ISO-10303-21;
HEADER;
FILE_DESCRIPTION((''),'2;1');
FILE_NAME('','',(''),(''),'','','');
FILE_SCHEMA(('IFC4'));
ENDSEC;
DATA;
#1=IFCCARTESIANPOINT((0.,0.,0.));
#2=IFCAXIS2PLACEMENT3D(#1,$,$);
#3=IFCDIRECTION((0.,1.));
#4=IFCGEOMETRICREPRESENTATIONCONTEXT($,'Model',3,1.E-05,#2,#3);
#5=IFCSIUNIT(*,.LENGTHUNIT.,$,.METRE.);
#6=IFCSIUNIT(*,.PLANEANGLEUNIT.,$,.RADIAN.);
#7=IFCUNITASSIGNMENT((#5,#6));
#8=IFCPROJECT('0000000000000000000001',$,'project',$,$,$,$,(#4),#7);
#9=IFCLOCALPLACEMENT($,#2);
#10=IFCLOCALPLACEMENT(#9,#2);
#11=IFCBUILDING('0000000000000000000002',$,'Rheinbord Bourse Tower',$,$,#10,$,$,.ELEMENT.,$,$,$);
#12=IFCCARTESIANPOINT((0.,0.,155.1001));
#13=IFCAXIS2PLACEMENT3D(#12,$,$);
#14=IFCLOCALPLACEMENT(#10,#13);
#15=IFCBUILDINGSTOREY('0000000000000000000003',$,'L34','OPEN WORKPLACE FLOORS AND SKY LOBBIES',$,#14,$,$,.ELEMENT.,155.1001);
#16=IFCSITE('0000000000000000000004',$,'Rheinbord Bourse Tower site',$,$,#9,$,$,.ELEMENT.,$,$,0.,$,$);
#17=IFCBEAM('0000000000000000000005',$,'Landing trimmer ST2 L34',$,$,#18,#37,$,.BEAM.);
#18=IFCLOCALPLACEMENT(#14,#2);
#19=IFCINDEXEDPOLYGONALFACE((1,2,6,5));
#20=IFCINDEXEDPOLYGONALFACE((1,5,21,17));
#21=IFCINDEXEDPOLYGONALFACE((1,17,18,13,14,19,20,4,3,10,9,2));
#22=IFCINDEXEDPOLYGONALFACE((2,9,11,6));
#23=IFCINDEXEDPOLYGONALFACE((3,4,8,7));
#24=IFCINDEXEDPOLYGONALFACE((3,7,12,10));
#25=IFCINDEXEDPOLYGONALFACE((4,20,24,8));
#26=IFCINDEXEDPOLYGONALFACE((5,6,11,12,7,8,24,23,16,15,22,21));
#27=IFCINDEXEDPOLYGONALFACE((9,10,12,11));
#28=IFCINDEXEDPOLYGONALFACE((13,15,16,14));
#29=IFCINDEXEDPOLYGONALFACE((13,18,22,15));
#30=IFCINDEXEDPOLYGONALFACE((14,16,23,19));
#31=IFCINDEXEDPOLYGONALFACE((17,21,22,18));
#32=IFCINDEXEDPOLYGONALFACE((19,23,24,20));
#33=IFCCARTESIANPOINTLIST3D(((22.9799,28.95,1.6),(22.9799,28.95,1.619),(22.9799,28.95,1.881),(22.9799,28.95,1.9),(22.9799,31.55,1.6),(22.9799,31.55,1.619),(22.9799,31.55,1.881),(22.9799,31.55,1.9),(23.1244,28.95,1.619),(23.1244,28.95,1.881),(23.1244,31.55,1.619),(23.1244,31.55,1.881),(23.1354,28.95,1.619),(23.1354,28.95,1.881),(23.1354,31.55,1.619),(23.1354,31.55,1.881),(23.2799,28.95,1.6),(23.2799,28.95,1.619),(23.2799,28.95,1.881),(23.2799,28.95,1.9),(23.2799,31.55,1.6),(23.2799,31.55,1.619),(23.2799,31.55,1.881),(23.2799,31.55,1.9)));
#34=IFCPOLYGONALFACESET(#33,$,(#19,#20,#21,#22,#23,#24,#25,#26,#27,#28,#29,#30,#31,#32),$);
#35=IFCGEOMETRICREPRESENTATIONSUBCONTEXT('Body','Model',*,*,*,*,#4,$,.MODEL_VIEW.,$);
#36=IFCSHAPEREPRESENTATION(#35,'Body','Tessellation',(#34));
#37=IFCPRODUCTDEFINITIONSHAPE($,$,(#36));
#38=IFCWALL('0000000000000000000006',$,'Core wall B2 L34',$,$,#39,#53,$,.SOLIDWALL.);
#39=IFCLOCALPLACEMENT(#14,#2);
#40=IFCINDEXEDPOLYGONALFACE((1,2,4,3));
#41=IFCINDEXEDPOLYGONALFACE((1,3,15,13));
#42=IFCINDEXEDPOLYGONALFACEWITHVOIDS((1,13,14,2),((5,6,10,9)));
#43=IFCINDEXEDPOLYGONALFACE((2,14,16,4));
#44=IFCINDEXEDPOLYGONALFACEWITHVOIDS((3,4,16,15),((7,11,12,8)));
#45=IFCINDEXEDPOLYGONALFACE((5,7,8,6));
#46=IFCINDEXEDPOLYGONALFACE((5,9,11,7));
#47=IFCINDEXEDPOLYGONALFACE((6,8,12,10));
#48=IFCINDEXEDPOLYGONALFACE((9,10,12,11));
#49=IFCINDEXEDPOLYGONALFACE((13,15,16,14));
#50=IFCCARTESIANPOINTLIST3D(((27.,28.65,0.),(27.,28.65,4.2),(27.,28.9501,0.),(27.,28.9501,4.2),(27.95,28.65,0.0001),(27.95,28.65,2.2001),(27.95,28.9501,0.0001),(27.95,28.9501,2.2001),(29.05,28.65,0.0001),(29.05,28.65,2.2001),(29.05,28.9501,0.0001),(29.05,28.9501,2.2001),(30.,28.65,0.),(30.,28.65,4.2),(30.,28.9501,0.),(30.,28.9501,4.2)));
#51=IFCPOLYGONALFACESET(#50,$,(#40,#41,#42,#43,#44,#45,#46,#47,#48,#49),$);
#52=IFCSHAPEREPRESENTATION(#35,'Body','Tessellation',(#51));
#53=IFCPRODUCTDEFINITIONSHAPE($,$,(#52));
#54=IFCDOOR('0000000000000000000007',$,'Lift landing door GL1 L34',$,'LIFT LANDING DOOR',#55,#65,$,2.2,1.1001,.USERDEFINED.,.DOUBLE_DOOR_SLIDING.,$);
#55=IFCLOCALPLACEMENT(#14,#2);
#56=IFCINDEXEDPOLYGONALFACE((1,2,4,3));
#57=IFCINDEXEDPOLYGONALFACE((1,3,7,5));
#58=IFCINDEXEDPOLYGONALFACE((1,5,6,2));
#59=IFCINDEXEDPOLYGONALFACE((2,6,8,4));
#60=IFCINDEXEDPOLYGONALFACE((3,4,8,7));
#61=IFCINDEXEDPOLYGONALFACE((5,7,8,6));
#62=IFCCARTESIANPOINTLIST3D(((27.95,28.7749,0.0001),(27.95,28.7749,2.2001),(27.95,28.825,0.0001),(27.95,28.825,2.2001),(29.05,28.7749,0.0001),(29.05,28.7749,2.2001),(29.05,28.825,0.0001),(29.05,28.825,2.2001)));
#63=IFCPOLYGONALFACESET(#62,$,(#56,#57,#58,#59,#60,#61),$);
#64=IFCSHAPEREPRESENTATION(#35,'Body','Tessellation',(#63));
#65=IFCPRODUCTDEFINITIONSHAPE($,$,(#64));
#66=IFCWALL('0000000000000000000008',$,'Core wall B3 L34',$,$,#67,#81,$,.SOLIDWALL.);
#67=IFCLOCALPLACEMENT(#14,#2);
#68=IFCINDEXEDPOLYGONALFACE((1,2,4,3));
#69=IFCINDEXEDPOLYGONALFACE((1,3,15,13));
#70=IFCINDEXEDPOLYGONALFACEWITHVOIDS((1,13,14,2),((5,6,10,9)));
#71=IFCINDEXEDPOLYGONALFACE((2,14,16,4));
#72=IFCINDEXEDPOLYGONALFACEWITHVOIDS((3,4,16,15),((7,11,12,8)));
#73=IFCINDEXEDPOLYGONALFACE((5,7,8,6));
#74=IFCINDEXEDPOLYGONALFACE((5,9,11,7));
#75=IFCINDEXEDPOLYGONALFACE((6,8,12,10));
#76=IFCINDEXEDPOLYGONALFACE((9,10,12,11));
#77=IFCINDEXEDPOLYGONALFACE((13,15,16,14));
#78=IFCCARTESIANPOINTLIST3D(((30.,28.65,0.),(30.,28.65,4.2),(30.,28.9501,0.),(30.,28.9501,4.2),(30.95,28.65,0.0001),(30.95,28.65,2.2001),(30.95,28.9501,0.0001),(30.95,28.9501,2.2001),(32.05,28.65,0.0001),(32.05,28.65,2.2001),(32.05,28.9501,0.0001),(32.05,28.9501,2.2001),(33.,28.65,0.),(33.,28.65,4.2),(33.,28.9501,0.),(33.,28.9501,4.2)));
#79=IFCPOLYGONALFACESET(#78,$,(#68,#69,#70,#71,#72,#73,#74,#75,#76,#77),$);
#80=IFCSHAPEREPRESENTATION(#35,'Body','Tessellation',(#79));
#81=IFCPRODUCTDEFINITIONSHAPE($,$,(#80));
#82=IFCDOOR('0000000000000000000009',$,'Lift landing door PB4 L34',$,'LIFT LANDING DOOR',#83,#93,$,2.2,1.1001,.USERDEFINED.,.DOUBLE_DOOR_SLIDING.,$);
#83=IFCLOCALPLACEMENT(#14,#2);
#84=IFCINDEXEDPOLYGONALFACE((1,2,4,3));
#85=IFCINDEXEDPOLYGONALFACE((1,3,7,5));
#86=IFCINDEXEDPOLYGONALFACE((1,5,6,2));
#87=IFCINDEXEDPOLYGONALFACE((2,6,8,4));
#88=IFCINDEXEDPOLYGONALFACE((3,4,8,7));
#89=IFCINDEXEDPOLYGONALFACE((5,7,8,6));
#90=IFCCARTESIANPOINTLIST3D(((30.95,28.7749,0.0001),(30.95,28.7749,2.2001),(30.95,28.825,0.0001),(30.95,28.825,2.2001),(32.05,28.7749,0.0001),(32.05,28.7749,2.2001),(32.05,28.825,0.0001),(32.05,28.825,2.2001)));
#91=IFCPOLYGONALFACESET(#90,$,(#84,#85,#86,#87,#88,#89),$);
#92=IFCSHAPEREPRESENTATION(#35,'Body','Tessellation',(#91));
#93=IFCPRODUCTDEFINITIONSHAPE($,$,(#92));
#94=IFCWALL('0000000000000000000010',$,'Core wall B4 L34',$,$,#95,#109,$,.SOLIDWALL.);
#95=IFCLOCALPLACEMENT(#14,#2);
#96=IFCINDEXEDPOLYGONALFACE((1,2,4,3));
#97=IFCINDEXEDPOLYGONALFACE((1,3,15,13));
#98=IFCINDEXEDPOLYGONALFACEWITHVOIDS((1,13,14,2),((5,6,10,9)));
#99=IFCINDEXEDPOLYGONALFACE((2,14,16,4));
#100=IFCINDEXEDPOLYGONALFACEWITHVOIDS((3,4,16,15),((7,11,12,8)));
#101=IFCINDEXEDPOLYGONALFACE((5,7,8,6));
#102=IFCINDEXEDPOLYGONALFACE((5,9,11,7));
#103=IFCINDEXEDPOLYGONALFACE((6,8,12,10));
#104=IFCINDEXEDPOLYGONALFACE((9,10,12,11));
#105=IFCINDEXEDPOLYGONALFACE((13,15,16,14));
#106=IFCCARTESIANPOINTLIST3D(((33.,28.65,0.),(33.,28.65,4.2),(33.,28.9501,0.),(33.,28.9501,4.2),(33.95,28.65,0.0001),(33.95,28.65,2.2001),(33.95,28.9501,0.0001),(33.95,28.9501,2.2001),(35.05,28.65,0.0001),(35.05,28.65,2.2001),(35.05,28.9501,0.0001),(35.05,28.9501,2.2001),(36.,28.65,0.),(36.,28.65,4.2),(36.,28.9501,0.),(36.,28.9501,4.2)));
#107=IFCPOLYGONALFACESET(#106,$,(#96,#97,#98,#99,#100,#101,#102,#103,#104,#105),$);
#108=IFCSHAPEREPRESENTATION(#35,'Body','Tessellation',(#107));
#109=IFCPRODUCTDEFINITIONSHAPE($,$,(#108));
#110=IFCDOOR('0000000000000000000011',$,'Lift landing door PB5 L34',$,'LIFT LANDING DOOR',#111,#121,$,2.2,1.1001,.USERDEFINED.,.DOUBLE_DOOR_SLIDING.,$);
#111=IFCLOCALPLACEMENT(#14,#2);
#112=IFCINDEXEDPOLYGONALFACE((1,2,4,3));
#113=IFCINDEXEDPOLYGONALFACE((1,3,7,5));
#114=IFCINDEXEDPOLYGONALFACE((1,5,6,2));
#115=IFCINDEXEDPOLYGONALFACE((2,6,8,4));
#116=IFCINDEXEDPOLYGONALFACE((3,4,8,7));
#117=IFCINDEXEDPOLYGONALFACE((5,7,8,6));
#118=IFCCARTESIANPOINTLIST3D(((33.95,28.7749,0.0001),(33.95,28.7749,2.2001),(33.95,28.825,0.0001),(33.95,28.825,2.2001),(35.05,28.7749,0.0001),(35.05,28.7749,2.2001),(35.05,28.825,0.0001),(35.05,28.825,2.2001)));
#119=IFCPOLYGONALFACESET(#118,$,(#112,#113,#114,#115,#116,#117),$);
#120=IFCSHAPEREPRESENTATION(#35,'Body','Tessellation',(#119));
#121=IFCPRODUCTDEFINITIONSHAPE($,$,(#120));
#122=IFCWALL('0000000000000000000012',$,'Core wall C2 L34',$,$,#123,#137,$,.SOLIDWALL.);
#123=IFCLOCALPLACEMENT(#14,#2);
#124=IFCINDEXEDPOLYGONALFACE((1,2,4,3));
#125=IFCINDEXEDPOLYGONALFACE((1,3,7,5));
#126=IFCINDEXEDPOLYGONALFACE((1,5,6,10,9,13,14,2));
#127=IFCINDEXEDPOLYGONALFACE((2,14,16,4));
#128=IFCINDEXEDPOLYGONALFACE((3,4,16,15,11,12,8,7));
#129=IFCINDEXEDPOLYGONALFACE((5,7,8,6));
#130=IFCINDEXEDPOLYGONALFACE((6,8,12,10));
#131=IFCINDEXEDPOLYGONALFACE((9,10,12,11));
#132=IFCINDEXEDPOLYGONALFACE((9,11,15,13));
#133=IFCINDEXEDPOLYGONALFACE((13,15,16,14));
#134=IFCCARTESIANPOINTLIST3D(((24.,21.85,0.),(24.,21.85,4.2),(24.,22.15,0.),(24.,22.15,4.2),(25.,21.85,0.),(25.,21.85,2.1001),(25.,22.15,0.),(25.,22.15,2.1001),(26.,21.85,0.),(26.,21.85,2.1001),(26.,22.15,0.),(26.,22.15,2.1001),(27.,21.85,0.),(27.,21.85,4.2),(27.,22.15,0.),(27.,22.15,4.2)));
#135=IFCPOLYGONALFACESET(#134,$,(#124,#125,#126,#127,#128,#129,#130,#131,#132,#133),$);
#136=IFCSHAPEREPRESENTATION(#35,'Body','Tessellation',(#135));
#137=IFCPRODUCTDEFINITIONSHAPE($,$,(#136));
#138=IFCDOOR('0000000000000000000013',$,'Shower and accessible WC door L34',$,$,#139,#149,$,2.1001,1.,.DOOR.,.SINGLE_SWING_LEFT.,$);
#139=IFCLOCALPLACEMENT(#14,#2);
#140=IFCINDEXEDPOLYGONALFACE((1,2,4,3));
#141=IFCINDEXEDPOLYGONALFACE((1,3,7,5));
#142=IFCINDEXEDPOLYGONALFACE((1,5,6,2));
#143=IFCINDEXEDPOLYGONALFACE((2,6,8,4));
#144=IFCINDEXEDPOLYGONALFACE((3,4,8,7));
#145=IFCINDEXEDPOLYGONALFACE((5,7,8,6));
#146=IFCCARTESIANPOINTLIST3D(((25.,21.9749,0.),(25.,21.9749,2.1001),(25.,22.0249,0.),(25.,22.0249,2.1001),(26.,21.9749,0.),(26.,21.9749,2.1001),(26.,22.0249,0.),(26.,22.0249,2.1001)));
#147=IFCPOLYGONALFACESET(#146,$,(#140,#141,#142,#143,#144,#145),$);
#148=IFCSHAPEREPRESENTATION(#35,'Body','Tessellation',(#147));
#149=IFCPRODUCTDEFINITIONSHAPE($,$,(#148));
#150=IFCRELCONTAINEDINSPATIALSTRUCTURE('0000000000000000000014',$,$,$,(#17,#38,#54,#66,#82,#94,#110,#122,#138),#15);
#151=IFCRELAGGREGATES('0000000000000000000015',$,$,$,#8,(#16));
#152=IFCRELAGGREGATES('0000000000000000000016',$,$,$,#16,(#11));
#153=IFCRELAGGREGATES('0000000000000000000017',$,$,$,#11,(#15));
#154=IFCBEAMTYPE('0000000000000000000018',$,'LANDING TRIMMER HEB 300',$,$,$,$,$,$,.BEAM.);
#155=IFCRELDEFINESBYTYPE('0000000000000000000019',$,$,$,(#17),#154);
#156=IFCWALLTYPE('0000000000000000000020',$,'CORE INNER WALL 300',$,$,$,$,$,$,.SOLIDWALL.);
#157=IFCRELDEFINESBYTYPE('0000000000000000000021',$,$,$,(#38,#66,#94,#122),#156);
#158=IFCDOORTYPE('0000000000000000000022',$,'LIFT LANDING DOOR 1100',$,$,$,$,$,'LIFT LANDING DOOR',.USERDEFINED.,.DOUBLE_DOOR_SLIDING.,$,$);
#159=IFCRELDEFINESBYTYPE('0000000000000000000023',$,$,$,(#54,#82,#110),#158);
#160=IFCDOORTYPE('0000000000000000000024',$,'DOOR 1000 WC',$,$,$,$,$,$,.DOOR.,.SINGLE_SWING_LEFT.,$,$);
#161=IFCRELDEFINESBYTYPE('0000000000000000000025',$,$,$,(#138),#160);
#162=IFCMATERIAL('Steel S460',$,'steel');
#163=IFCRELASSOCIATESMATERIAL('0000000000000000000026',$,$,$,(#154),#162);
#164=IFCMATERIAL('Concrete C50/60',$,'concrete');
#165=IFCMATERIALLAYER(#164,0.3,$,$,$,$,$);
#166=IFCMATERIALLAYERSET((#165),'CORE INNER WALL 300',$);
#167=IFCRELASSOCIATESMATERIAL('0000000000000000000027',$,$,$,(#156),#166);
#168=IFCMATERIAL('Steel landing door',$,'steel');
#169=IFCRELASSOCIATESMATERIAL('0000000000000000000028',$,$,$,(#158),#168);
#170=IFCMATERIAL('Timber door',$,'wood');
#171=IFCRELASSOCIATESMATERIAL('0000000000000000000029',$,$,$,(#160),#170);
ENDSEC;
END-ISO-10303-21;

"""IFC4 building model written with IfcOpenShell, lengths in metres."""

from ifc_helpers import new_model, si_unit, direction, frame, frame_2d, origin, origin_2d, place, context, subcontext, project, spatial, rectangle, i_section, extrude, material, layer, layer_set, material_profile, profile_set, type_object, element, fill, save


model = new_model("IFC4")

# Units and contexts
model_context = context("Model", 3, precision=1e-05, world=origin(), true_north=direction((0.0, 1.0)))
body_context = subcontext(model_context, "Body", "Model", "MODEL_VIEW")
ifc_project = project(units=[si_unit("LENGTHUNIT", "METRE"), si_unit("PLANEANGLEUNIT", "RADIAN")], contexts=[model_context])

# Site, building, storey
site_placement = place(None, origin())
site = spatial("IfcSite", under=ifc_project, at=site_placement, Name="Rheinbord Bourse Tower site", CompositionType="ELEMENT", RefElevation=0.0)
building_placement = place(site_placement, origin())
building = spatial("IfcBuilding", under=site, at=building_placement, Name="Rheinbord Bourse Tower", CompositionType="ELEMENT")
storey_placement = place(building_placement, frame((0.0, 0.0, 155.1001)))
storey = spatial("IfcBuildingStorey", under=building, at=storey_placement, Name="L34", Description="OPEN WORKPLACE FLOORS AND SKY LOBBIES", CompositionType="ELEMENT", Elevation=155.1001)

# Beam
ifc_material_1 = material(Name="Steel S460", Category="steel")
ifc_material_profile = material_profile(ifc_material_1, i_section(OverallWidth=0.3, OverallDepth=0.3, WebThickness=0.011, FlangeThickness=0.019, at=origin_2d()), Name="HEB 300")
ifc_profile_set = profile_set([ifc_material_profile], Name="Steel S460")
beam_type = type_object("IfcBeamType", Name="LANDING TRIMMER HEB 300", PredefinedType="BEAM", material=ifc_profile_set)
beam_placement = place(storey_placement, frame((23.1299, 28.95, 1.75), z_axis=(0.0, 1.0, 0.0), x_axis=(-1.0, 0.0, 0.0)))
element("IfcBeam", 1, at=beam_placement, inside=storey, type_object=beam_type, Name="Landing trimmer ST2 L34", PredefinedType="BEAM", context=body_context, shape_type="SweptSolid", body=[
    extrude(i_section(OverallWidth=0.3, OverallDepth=0.3, WebThickness=0.011, FlangeThickness=0.019, at=origin_2d()), origin(), (0.0, 0.0, 1.0), 2.6001),
])

# Walls, openings, doors
ifc_material_2 = material(Name="Concrete C50/60", Category="concrete")
ifc_layer_1 = layer(ifc_material_2, 0.3)
ifc_layer_set_1 = layer_set([ifc_layer_1], Name="CORE INNER WALL 300")
wall_type_1 = type_object("IfcWallType", Name="CORE INNER WALL 300", PredefinedType="SOLIDWALL", material=ifc_layer_set_1)
wall_1_placement = place(storey_placement, frame((27.0, 28.8, 0.0), z_axis=(0.0, 0.0, 1.0), x_axis=(1.0, 0.0, 0.0)))
wall_1 = element("IfcWall", 2, at=wall_1_placement, inside=storey, type_object=wall_type_1, Name="Core wall B2 L34", PredefinedType="SOLIDWALL", context=body_context, shape_type="SweptSolid", body=[
    extrude(rectangle(XDim=3.0, YDim=0.3, at=frame_2d((1.5, 0.0))), origin(), (0.0, 0.0, 1.0), 4.2),
])
opening_1_placement = place(wall_1_placement, frame((0.95, 0.0, 0.0)))
opening_1 = element("IfcOpeningElement", 3, at=opening_1_placement, cuts=wall_1, PredefinedType="OPENING", context=body_context, shape_type="SweptSolid", body=[
    extrude(rectangle(XDim=1.1001, YDim=2.2, at=frame_2d((0.55, 1.1001))), frame((0.0, 0.1599, 0.0), z_axis=(0.0, -1.0, 0.0), x_axis=(1.0, 0.0, 0.0)), (0.0, 0.0, 1.0), 0.3201),
])
ifc_material_3 = material(Name="Steel landing door", Category="steel")
door_type_1 = type_object("IfcDoorType", Name="LIFT LANDING DOOR 1100", ElementType="LIFT LANDING DOOR", OperationType="DOUBLE_DOOR_SLIDING", PredefinedType="USERDEFINED", material=ifc_material_3)
door_1_placement = place(opening_1_placement, origin())
door_1 = element("IfcDoor", 4, at=door_1_placement, inside=storey, type_object=door_type_1, Name="Lift landing door GL1 L34", ObjectType="LIFT LANDING DOOR", OperationType="DOUBLE_DOOR_SLIDING", OverallHeight=2.2, OverallWidth=1.1001, PredefinedType="USERDEFINED", context=body_context, shape_type="SweptSolid", body=[
    extrude(rectangle(XDim=1.1001, YDim=2.2, at=frame_2d((0.55, 1.1001))), frame((0.0, 0.0249, 0.0), z_axis=(0.0, -1.0, 0.0), x_axis=(1.0, 0.0, 0.0)), (0.0, 0.0, 1.0), 0.05),
])
fill(opening_1, door_1)
wall_2_placement = place(storey_placement, frame((30.0, 28.8, 0.0), z_axis=(0.0, 0.0, 1.0), x_axis=(1.0, 0.0, 0.0)))
wall_2 = element("IfcWall", 5, at=wall_2_placement, inside=storey, type_object=wall_type_1, Name="Core wall B3 L34", PredefinedType="SOLIDWALL", context=body_context, shape_type="SweptSolid", body=[
    extrude(rectangle(XDim=3.0, YDim=0.3, at=frame_2d((1.5, 0.0))), origin(), (0.0, 0.0, 1.0), 4.2),
])
opening_2_placement = place(wall_2_placement, frame((0.95, 0.0, 0.0)))
opening_2 = element("IfcOpeningElement", 6, at=opening_2_placement, cuts=wall_2, PredefinedType="OPENING", context=body_context, shape_type="SweptSolid", body=[
    extrude(rectangle(XDim=1.1001, YDim=2.2, at=frame_2d((0.55, 1.1001))), frame((0.0, 0.1599, 0.0), z_axis=(0.0, -1.0, 0.0), x_axis=(1.0, 0.0, 0.0)), (0.0, 0.0, 1.0), 0.3201),
])
door_2_placement = place(opening_2_placement, origin())
door_2 = element("IfcDoor", 7, at=door_2_placement, inside=storey, type_object=door_type_1, Name="Lift landing door PB4 L34", ObjectType="LIFT LANDING DOOR", OperationType="DOUBLE_DOOR_SLIDING", OverallHeight=2.2, OverallWidth=1.1001, PredefinedType="USERDEFINED", context=body_context, shape_type="SweptSolid", body=[
    extrude(rectangle(XDim=1.1001, YDim=2.2, at=frame_2d((0.55, 1.1001))), frame((0.0, 0.0249, 0.0), z_axis=(0.0, -1.0, 0.0), x_axis=(1.0, 0.0, 0.0)), (0.0, 0.0, 1.0), 0.05),
])
fill(opening_2, door_2)
wall_3_placement = place(storey_placement, frame((33.0, 28.8, 0.0), z_axis=(0.0, 0.0, 1.0), x_axis=(1.0, 0.0, 0.0)))
wall_3 = element("IfcWall", 8, at=wall_3_placement, inside=storey, type_object=wall_type_1, Name="Core wall B4 L34", PredefinedType="SOLIDWALL", context=body_context, shape_type="SweptSolid", body=[
    extrude(rectangle(XDim=3.0, YDim=0.3, at=frame_2d((1.5, 0.0))), origin(), (0.0, 0.0, 1.0), 4.2),
])
opening_3_placement = place(wall_3_placement, frame((0.95, 0.0, 0.0)))
opening_3 = element("IfcOpeningElement", 9, at=opening_3_placement, cuts=wall_3, PredefinedType="OPENING", context=body_context, shape_type="SweptSolid", body=[
    extrude(rectangle(XDim=1.1001, YDim=2.2, at=frame_2d((0.55, 1.1001))), frame((0.0, 0.1599, 0.0), z_axis=(0.0, -1.0, 0.0), x_axis=(1.0, 0.0, 0.0)), (0.0, 0.0, 1.0), 0.3201),
])
door_3_placement = place(opening_3_placement, origin())
door_3 = element("IfcDoor", 10, at=door_3_placement, inside=storey, type_object=door_type_1, Name="Lift landing door PB5 L34", ObjectType="LIFT LANDING DOOR", OperationType="DOUBLE_DOOR_SLIDING", OverallHeight=2.2, OverallWidth=1.1001, PredefinedType="USERDEFINED", context=body_context, shape_type="SweptSolid", body=[
    extrude(rectangle(XDim=1.1001, YDim=2.2, at=frame_2d((0.55, 1.1001))), frame((0.0, 0.0249, 0.0), z_axis=(0.0, -1.0, 0.0), x_axis=(1.0, 0.0, 0.0)), (0.0, 0.0, 1.0), 0.05),
])
fill(opening_3, door_3)
wall_4_placement = place(storey_placement, frame((24.0, 22.0, 0.0), z_axis=(0.0, 0.0, 1.0), x_axis=(1.0, 0.0, 0.0)))
wall_4 = element("IfcWall", 11, at=wall_4_placement, inside=storey, type_object=wall_type_1, Name="Core wall C2 L34", PredefinedType="SOLIDWALL", context=body_context, shape_type="SweptSolid", body=[
    extrude(rectangle(XDim=3.0, YDim=0.3, at=frame_2d((1.5, 0.0))), origin(), (0.0, 0.0, 1.0), 4.2),
])
opening_4_placement = place(wall_4_placement, frame((1.0, 0.0, 0.0)))
opening_4 = element("IfcOpeningElement", 12, at=opening_4_placement, cuts=wall_4, PredefinedType="OPENING", context=body_context, shape_type="SweptSolid", body=[
    extrude(rectangle(XDim=1.0, YDim=2.1001, at=frame_2d((0.5, 1.05))), frame((0.0, 0.1599, 0.0), z_axis=(0.0, -1.0, 0.0), x_axis=(1.0, 0.0, 0.0)), (0.0, 0.0, 1.0), 0.3201),
])
ifc_material_4 = material(Name="Timber door", Category="wood")
door_type_2 = type_object("IfcDoorType", Name="DOOR 1000 WC", OperationType="SINGLE_SWING_LEFT", PredefinedType="DOOR", material=ifc_material_4)
door_4_placement = place(opening_4_placement, origin())
door_4 = element("IfcDoor", 13, at=door_4_placement, inside=storey, type_object=door_type_2, Name="Shower and accessible WC door L34", OperationType="SINGLE_SWING_LEFT", OverallHeight=2.1001, OverallWidth=1.0, PredefinedType="DOOR", context=body_context, shape_type="SweptSolid", body=[
    extrude(rectangle(XDim=1.0, YDim=2.1001, at=frame_2d((0.5, 1.05))), frame((0.0, 0.0249, 0.0), z_axis=(0.0, -1.0, 0.0), x_axis=(1.0, 0.0, 0.0)), (0.0, 0.0, 1.0), 0.05),
])
fill(opening_4, door_4)

save(model, "model.ifc")
